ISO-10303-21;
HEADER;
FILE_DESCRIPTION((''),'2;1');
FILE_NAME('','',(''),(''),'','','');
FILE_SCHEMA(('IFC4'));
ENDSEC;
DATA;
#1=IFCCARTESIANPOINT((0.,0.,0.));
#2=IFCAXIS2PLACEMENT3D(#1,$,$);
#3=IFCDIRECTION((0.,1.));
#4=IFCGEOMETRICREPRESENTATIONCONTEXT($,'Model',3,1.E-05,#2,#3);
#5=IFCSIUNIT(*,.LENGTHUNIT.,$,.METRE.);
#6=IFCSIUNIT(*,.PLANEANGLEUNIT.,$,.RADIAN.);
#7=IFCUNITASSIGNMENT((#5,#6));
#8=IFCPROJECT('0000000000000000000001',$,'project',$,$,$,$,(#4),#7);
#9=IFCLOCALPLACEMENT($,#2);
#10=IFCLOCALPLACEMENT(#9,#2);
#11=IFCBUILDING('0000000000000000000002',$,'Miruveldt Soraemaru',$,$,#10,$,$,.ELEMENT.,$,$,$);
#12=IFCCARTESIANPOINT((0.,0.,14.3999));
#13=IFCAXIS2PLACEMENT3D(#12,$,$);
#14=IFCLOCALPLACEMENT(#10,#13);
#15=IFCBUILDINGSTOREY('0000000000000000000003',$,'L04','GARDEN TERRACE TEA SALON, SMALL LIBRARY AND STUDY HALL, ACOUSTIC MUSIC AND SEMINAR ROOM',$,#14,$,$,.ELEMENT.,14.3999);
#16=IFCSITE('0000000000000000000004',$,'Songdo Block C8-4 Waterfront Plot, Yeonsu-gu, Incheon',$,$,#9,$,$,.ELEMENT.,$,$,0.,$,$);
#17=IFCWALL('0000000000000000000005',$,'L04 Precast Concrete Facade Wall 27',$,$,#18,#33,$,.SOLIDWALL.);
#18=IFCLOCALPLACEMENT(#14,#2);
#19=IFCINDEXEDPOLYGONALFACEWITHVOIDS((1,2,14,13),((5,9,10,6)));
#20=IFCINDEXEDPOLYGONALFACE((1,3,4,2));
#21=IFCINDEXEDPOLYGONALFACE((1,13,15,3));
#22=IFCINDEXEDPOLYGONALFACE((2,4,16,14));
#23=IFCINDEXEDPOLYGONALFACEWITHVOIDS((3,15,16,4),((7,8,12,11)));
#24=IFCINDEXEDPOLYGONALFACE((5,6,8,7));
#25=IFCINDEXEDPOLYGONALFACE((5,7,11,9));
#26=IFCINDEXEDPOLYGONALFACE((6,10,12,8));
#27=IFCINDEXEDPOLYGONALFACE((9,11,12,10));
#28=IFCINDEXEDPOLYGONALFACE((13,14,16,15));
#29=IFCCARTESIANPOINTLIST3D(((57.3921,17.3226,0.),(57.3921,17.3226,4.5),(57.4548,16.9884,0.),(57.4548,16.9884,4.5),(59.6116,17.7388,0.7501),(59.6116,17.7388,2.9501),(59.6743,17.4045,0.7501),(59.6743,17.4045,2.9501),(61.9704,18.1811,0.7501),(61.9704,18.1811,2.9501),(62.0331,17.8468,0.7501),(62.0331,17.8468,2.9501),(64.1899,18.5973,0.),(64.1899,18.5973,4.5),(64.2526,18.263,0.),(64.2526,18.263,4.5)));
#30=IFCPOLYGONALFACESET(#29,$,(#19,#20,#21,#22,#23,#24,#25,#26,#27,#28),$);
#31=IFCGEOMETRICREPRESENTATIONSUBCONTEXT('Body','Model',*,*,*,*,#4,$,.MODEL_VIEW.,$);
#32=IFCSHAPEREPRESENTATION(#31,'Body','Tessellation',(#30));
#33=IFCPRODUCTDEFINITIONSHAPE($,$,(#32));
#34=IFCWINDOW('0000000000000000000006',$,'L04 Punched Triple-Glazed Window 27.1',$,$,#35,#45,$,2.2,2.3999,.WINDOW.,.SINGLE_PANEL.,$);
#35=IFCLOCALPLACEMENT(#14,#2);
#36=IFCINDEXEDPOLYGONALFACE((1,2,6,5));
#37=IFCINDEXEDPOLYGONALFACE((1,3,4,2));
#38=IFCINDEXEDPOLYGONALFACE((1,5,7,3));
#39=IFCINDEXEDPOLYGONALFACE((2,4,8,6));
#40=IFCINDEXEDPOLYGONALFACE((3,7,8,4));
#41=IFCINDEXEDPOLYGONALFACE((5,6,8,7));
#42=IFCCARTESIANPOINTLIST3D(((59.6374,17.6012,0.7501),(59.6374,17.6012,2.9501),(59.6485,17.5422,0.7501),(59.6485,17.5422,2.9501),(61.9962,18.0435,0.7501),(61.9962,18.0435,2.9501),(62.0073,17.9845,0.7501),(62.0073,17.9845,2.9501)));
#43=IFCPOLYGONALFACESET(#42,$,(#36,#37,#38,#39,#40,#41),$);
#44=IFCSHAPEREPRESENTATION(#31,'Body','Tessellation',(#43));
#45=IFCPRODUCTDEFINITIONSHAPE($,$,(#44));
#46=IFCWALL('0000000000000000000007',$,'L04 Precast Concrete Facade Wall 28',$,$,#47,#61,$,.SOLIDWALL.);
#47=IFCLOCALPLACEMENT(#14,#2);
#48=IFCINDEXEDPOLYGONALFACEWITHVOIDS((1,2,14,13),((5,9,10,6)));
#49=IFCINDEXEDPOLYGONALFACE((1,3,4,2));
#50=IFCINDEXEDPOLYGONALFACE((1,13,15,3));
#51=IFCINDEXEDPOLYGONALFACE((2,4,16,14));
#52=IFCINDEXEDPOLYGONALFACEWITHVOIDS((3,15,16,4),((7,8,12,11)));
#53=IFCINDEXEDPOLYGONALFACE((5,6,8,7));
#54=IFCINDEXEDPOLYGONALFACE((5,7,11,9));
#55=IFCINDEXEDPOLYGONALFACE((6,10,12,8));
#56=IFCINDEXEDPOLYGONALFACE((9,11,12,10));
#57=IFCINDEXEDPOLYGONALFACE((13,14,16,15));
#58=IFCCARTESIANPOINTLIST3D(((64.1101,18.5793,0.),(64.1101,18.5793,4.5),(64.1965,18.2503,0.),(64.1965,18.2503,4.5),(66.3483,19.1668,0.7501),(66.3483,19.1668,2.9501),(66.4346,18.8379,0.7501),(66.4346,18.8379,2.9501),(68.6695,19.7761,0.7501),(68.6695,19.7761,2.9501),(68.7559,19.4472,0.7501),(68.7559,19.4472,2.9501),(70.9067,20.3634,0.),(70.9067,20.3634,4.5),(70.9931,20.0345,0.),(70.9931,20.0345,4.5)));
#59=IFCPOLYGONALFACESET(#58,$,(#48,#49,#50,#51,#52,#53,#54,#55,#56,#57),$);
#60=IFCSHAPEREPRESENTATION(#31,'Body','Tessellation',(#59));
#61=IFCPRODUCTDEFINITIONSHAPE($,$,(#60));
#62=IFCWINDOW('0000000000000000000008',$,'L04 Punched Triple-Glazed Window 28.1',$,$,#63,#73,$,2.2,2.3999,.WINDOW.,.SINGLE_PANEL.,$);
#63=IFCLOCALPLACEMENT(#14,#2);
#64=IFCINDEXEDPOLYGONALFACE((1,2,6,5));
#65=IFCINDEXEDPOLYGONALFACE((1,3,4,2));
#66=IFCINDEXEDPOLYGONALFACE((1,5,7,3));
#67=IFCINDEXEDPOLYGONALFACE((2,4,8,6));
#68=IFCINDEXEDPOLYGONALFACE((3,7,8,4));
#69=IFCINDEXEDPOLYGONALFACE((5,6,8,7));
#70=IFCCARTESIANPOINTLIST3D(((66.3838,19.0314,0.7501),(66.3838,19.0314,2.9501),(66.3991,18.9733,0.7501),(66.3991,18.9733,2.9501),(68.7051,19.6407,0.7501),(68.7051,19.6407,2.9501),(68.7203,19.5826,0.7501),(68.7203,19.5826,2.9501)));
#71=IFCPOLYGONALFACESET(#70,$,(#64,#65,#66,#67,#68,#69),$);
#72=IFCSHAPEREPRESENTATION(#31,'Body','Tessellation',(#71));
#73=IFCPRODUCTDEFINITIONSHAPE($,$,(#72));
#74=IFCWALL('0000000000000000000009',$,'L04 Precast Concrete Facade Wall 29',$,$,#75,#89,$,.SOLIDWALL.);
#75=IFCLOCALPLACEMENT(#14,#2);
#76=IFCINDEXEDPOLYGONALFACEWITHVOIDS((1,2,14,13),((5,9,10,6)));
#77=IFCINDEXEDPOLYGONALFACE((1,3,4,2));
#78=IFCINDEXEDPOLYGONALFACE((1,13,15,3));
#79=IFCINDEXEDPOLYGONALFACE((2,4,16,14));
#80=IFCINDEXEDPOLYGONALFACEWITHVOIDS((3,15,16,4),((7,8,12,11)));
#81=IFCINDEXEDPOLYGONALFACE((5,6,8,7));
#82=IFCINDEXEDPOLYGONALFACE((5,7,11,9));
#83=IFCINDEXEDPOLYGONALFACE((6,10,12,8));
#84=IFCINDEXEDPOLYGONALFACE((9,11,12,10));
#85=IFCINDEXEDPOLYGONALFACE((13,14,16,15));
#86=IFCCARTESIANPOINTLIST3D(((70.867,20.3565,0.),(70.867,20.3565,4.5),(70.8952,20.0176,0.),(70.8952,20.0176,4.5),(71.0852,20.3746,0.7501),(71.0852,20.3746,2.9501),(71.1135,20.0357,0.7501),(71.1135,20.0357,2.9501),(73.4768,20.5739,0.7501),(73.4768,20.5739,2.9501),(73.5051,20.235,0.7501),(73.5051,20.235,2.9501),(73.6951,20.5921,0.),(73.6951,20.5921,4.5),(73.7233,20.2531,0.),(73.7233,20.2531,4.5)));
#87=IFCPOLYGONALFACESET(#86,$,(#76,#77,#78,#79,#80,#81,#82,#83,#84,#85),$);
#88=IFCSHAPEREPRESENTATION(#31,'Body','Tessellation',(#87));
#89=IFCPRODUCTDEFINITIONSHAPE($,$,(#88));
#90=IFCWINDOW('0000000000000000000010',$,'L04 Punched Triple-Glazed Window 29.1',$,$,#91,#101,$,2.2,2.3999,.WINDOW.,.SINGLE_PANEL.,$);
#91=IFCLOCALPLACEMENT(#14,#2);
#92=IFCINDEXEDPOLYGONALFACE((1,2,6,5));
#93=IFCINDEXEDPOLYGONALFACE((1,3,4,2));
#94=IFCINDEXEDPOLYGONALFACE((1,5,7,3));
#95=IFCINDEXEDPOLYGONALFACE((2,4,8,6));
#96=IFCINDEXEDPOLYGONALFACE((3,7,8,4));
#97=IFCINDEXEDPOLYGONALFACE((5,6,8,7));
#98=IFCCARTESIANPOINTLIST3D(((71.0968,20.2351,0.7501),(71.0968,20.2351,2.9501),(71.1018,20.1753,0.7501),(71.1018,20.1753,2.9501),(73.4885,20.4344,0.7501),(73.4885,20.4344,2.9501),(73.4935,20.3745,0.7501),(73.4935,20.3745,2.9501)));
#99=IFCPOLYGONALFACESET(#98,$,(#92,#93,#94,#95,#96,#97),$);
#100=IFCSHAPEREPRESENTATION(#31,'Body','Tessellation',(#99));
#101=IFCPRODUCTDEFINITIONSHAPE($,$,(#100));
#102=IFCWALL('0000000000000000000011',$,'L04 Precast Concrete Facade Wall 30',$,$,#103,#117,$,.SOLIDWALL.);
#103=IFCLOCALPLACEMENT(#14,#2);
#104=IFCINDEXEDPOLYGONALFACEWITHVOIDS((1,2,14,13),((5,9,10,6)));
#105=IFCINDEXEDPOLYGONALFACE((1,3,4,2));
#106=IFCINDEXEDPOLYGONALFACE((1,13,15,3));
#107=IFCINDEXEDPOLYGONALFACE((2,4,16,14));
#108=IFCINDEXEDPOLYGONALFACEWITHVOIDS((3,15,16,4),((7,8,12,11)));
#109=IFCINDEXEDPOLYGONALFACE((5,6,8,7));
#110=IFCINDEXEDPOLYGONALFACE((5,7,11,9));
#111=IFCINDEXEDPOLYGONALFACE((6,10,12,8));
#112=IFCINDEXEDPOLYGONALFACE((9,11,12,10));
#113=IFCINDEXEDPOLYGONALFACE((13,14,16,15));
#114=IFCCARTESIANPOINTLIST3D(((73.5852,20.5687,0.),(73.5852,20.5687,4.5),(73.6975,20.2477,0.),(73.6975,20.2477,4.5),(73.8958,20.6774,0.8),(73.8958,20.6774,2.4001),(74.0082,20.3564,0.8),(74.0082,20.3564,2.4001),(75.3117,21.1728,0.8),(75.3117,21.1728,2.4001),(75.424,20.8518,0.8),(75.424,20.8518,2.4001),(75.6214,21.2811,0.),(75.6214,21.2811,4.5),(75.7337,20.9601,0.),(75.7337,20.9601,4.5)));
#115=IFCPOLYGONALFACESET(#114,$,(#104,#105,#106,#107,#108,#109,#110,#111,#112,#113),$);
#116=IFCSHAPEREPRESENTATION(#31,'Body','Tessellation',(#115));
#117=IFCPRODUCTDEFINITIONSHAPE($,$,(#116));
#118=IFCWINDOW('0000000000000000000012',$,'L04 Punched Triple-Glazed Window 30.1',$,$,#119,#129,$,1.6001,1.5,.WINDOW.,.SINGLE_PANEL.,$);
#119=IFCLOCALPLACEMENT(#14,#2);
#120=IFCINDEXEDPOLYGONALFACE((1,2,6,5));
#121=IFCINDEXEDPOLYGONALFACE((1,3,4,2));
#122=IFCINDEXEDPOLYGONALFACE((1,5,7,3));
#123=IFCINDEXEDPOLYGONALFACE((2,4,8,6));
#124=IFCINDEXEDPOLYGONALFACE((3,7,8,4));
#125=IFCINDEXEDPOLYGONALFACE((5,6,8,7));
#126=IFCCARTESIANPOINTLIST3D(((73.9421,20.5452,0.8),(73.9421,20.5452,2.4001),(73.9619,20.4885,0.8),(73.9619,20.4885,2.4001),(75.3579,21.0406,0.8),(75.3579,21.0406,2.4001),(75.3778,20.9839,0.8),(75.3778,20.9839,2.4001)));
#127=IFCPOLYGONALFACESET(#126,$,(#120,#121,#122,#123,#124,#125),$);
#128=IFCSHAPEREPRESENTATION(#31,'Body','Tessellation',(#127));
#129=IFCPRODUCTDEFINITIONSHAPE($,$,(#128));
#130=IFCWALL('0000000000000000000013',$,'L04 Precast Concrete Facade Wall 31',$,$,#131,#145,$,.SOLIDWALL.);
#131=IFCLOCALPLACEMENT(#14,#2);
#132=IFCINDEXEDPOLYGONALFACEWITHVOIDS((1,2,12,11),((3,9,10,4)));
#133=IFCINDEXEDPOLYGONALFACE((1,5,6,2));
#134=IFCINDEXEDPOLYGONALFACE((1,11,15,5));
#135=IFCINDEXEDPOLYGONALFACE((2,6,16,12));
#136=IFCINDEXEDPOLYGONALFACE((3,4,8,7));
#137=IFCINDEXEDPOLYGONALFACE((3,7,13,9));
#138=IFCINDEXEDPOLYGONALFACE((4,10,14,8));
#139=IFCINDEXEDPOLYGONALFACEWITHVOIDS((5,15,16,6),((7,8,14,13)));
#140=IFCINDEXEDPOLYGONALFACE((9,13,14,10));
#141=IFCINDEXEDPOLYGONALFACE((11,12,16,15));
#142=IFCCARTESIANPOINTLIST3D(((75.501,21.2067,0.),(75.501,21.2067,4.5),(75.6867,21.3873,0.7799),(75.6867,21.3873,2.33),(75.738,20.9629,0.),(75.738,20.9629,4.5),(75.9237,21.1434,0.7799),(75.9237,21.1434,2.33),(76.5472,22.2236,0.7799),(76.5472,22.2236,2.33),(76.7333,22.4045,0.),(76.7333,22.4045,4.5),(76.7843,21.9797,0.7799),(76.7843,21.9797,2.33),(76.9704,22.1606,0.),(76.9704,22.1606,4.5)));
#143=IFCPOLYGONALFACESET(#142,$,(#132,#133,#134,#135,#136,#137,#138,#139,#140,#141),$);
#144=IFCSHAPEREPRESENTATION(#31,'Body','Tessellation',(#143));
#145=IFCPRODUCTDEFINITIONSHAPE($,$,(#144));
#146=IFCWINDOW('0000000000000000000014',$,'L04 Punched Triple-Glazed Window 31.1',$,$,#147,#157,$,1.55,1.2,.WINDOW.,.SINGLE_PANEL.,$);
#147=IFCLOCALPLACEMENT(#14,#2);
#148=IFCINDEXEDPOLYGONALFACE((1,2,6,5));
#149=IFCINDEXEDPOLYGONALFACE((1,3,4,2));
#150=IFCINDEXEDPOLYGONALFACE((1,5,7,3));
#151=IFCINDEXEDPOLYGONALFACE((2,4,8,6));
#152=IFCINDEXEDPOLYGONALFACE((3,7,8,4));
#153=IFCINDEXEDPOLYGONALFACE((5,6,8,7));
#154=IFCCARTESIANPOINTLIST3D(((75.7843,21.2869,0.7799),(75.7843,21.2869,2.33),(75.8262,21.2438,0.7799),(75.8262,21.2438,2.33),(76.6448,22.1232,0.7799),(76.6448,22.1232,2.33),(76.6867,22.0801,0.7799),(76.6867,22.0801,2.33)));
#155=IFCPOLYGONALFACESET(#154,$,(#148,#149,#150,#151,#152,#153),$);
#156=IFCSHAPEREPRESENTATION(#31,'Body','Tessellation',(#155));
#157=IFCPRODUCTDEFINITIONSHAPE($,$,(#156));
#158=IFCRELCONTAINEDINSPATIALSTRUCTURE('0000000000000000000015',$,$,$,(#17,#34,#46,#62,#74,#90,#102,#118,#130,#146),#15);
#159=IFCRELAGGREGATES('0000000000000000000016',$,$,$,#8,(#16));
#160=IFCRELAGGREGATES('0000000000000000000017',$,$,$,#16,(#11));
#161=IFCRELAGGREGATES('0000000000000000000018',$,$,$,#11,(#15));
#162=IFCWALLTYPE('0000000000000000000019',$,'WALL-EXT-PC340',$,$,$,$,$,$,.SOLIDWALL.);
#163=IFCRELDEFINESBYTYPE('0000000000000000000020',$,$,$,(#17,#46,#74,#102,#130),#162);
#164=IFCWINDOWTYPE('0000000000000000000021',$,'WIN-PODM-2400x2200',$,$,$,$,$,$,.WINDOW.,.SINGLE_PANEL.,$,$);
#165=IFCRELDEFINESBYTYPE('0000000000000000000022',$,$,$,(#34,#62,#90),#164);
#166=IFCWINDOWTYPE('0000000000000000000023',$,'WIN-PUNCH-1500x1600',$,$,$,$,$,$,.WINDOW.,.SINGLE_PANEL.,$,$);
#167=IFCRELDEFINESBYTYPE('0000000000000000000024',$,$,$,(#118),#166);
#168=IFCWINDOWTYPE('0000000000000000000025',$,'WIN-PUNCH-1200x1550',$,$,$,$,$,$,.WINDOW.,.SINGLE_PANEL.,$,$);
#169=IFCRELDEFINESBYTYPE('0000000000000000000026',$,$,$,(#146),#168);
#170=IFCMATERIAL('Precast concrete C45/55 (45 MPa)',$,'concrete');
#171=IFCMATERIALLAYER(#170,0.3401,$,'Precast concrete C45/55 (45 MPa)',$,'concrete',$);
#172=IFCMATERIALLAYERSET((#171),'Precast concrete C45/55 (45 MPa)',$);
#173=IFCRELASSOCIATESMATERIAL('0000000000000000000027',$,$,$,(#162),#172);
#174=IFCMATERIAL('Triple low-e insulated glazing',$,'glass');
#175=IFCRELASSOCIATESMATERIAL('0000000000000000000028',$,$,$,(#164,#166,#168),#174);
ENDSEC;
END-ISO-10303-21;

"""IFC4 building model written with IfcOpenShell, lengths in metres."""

from ifc_helpers import new_model, si_unit, direction, frame, frame_2d, origin, place, context, subcontext, project, spatial, rectangle, extrude, material, layer, layer_set, type_object, element, fill, save


model = new_model("IFC4")

# Units and contexts
model_context = context("Model", 3, precision=1e-05, world=origin(), true_north=direction((0.0, 1.0)))
body_context = subcontext(model_context, "Body", "Model", "MODEL_VIEW")
ifc_project = project(units=[si_unit("LENGTHUNIT", "METRE"), si_unit("PLANEANGLEUNIT", "RADIAN")], contexts=[model_context])

# Site, building, storey
site_placement = place(None, origin())
site = spatial("IfcSite", under=ifc_project, at=site_placement, Name="Songdo Block C8-4 Waterfront Plot, Yeonsu-gu, Incheon", CompositionType="ELEMENT", RefElevation=0.0)
building_placement = place(site_placement, origin())
building = spatial("IfcBuilding", under=site, at=building_placement, Name="Miruveldt Soraemaru", CompositionType="ELEMENT")
storey_placement = place(building_placement, frame((0.0, 0.0, 14.3999)))
storey = spatial("IfcBuildingStorey", under=building, at=storey_placement, Name="L04", Description="GARDEN TERRACE TEA SALON, SMALL LIBRARY AND STUDY HALL, ACOUSTIC MUSIC AND SEMINAR ROOM", CompositionType="ELEMENT", Elevation=14.3999)

# Walls, openings, windows
ifc_material_1 = material(Name="Precast concrete C45/55 (45 MPa)", Category="concrete")
ifc_layer_1 = layer(ifc_material_1, 0.3401, Name="Precast concrete C45/55 (45 MPa)", Category="concrete")
ifc_layer_set_1 = layer_set([ifc_layer_1], Name="Precast concrete C45/55 (45 MPa)")
wall_type_1 = type_object("IfcWallType", Name="WALL-EXT-PC340", PredefinedType="SOLIDWALL", material=ifc_layer_set_1)
wall_1_placement = place(storey_placement, frame((57.4236, 17.1555, 0.0), z_axis=(0.0, 0.0, 1.0), x_axis=(0.982871, 0.184297, 0.0)))
wall_1 = element("IfcWall", 1, at=wall_1_placement, inside=storey, type_object=wall_type_1, Name="L04 Precast Concrete Facade Wall 27", PredefinedType="SOLIDWALL", context=body_context, shape_type="SweptSolid", body=[
    extrude(rectangle(XDim=6.9163, YDim=0.3401, at=frame_2d((3.458, 0.0))), origin(), (0.0, 0.0, 1.0), 4.5),
])
opening_1_placement = place(wall_1_placement, frame((2.2581, 0.0, 0.75)))
opening_1 = element("IfcOpeningElement", 2, at=opening_1_placement, cuts=wall_1, PredefinedType="OPENING", context=body_context, shape_type="SweptSolid", body=[
    extrude(rectangle(XDim=2.3999, YDim=2.2, at=frame_2d((1.2, 1.1001))), frame((0.0, 0.1802, 0.0), z_axis=(0.0, -1.0, 0.0), x_axis=(1.0, 0.0, 0.0)), (0.0, 0.0, 1.0), 0.3601),
])
ifc_material_2 = material(Name="Triple low-e insulated glazing", Category="glass")
window_type_1 = type_object("IfcWindowType", Name="WIN-PODM-2400x2200", PartitioningType="SINGLE_PANEL", PredefinedType="WINDOW", material=ifc_material_2)
window_1_placement = place(opening_1_placement, origin())
window_1 = element("IfcWindow", 3, at=window_1_placement, inside=storey, type_object=window_type_1, Name="L04 Punched Triple-Glazed Window 27.1", OverallHeight=2.2, OverallWidth=2.3999, PartitioningType="SINGLE_PANEL", PredefinedType="WINDOW", context=body_context, shape_type="SweptSolid", body=[
    extrude(rectangle(XDim=2.3999, YDim=2.2, at=frame_2d((1.2, 1.1001))), frame((0.0, 0.03, 0.0), z_axis=(0.0, -1.0, 0.0), x_axis=(1.0, 0.0, 0.0)), (0.0, 0.0, 1.0), 0.0601),
])
fill(opening_1, window_1)
wall_2_placement = place(storey_placement, frame((64.1533, 18.4148, 0.0), z_axis=(0.0, 0.0, 1.0), x_axis=(0.967229, 0.253907, 0.0)))
wall_2 = element("IfcWall", 4, at=wall_2_placement, inside=storey, type_object=wall_type_1, Name="L04 Precast Concrete Facade Wall 28", PredefinedType="SOLIDWALL", context=body_context, shape_type="SweptSolid", body=[
    extrude(rectangle(XDim=7.0269, YDim=0.3401, at=frame_2d((3.5134, 0.0))), origin(), (0.0, 0.0, 1.0), 4.5),
])
opening_2_placement = place(wall_2_placement, frame((2.314, 0.0, 0.75)))
opening_2 = element("IfcOpeningElement", 5, at=opening_2_placement, cuts=wall_2, PredefinedType="OPENING", context=body_context, shape_type="SweptSolid", body=[
    extrude(rectangle(XDim=2.3999, YDim=2.2, at=frame_2d((1.2, 1.1001))), frame((0.0, 0.1802, 0.0), z_axis=(0.0, -1.0, 0.0), x_axis=(1.0, 0.0, 0.0)), (0.0, 0.0, 1.0), 0.3601),
])
window_2_placement = place(opening_2_placement, origin())
window_2 = element("IfcWindow", 6, at=window_2_placement, inside=storey, type_object=window_type_1, Name="L04 Punched Triple-Glazed Window 28.1", OverallHeight=2.2, OverallWidth=2.3999, PartitioningType="SINGLE_PANEL", PredefinedType="WINDOW", context=body_context, shape_type="SweptSolid", body=[
    extrude(rectangle(XDim=2.3999, YDim=2.2, at=frame_2d((1.2, 1.1001))), frame((0.0, 0.03, 0.0), z_axis=(0.0, -1.0, 0.0), x_axis=(1.0, 0.0, 0.0)), (0.0, 0.0, 1.0), 0.0601),
])
fill(opening_2, window_2)
wall_3_placement = place(storey_placement, frame((70.8811, 20.187, 0.0), z_axis=(0.0, 0.0, 1.0), x_axis=(0.996548, 0.083017, 0.0)))
wall_3 = element("IfcWall", 7, at=wall_3_placement, inside=storey, type_object=wall_type_1, Name="L04 Precast Concrete Facade Wall 29", PredefinedType="SOLIDWALL", context=body_context, shape_type="SweptSolid", body=[
    extrude(rectangle(XDim=2.8379, YDim=0.3401, at=frame_2d((1.4189, 0.0))), origin(), (0.0, 0.0, 1.0), 4.5),
])
opening_3_placement = place(wall_3_placement, frame((0.219, 0.0, 0.75)))
opening_3 = element("IfcOpeningElement", 8, at=opening_3_placement, cuts=wall_3, PredefinedType="OPENING", context=body_context, shape_type="SweptSolid", body=[
    extrude(rectangle(XDim=2.3999, YDim=2.2, at=frame_2d((1.2, 1.1001))), frame((0.0, 0.1802, 0.0), z_axis=(0.0, -1.0, 0.0), x_axis=(1.0, 0.0, 0.0)), (0.0, 0.0, 1.0), 0.3601),
])
window_3_placement = place(opening_3_placement, origin())
window_3 = element("IfcWindow", 9, at=window_3_placement, inside=storey, type_object=window_type_1, Name="L04 Punched Triple-Glazed Window 29.1", OverallHeight=2.2, OverallWidth=2.3999, PartitioningType="SINGLE_PANEL", PredefinedType="WINDOW", context=body_context, shape_type="SweptSolid", body=[
    extrude(rectangle(XDim=2.3999, YDim=2.2, at=frame_2d((1.2, 1.1001))), frame((0.0, 0.03, 0.0), z_axis=(0.0, -1.0, 0.0), x_axis=(1.0, 0.0, 0.0)), (0.0, 0.0, 1.0), 0.0601),
])
fill(opening_3, window_3)
wall_4_placement = place(storey_placement, frame((73.6414, 20.4082, 0.0), z_axis=(0.0, 0.0, 1.0), x_axis=(0.943894, 0.33025, 0.0)))
wall_4 = element("IfcWall", 10, at=wall_4_placement, inside=storey, type_object=wall_type_1, Name="L04 Precast Concrete Facade Wall 30", PredefinedType="SOLIDWALL", context=body_context, shape_type="SweptSolid", body=[
    extrude(rectangle(XDim=2.1572, YDim=0.3401, at=frame_2d((1.0786, 0.0))), origin(), (0.0, 0.0, 1.0), 4.5),
])
opening_4_placement = place(wall_4_placement, frame((0.3291, 0.0, 0.8)))
opening_4 = element("IfcOpeningElement", 11, at=opening_4_placement, cuts=wall_4, PredefinedType="OPENING", context=body_context, shape_type="SweptSolid", body=[
    extrude(rectangle(XDim=1.5, YDim=1.6001, at=frame_2d((0.75, 0.8))), frame((0.0, 0.1802, 0.0), z_axis=(0.0, -1.0, 0.0), x_axis=(1.0, 0.0, 0.0)), (0.0, 0.0, 1.0), 0.3601),
])
window_type_2 = type_object("IfcWindowType", Name="WIN-PUNCH-1500x1600", PartitioningType="SINGLE_PANEL", PredefinedType="WINDOW", material=ifc_material_2)
window_4_placement = place(opening_4_placement, origin())
window_4 = element("IfcWindow", 12, at=window_4_placement, inside=storey, type_object=window_type_2, Name="L04 Punched Triple-Glazed Window 30.1", OverallHeight=1.6001, OverallWidth=1.5, PartitioningType="SINGLE_PANEL", PredefinedType="WINDOW", context=body_context, shape_type="SweptSolid", body=[
    extrude(rectangle(XDim=1.5, YDim=1.6001, at=frame_2d((0.75, 0.8))), frame((0.0, 0.03, 0.0), z_axis=(0.0, -1.0, 0.0), x_axis=(1.0, 0.0, 0.0)), (0.0, 0.0, 1.0), 0.0601),
])
fill(opening_4, window_4)
wall_5_placement = place(storey_placement, frame((75.6194, 21.0847, 0.0), z_axis=(0.0, 0.0, 1.0), x_axis=(0.717121, 0.696949, 0.0)))
wall_5 = element("IfcWall", 13, at=wall_5_placement, inside=storey, type_object=wall_type_1, Name="L04 Precast Concrete Facade Wall 31", PredefinedType="SOLIDWALL", context=body_context, shape_type="SweptSolid", body=[
    extrude(rectangle(XDim=1.7185, YDim=0.3401, at=frame_2d((0.8594, 0.0))), origin(), (0.0, 0.0, 1.0), 4.5),
])
opening_5_placement = place(wall_5_placement, frame((0.259, 0.0, 0.78)))
opening_5 = element("IfcOpeningElement", 14, at=opening_5_placement, cuts=wall_5, PredefinedType="OPENING", context=body_context, shape_type="SweptSolid", body=[
    extrude(rectangle(XDim=1.2, YDim=1.55, at=frame_2d((0.6001, 0.7749))), frame((0.0, 0.1802, 0.0), z_axis=(0.0, -1.0, 0.0), x_axis=(1.0, 0.0, 0.0)), (0.0, 0.0, 1.0), 0.3601),
])
window_type_3 = type_object("IfcWindowType", Name="WIN-PUNCH-1200x1550", PartitioningType="SINGLE_PANEL", PredefinedType="WINDOW", material=ifc_material_2)
window_5_placement = place(opening_5_placement, origin())
window_5 = element("IfcWindow", 15, at=window_5_placement, inside=storey, type_object=window_type_3, Name="L04 Punched Triple-Glazed Window 31.1", OverallHeight=1.55, OverallWidth=1.2, PartitioningType="SINGLE_PANEL", PredefinedType="WINDOW", context=body_context, shape_type="SweptSolid", body=[
    extrude(rectangle(XDim=1.2, YDim=1.55, at=frame_2d((0.6001, 0.7749))), frame((0.0, 0.03, 0.0), z_axis=(0.0, -1.0, 0.0), x_axis=(1.0, 0.0, 0.0)), (0.0, 0.0, 1.0), 0.0601),
])
fill(opening_5, window_5)

save(model, "model.ifc")
